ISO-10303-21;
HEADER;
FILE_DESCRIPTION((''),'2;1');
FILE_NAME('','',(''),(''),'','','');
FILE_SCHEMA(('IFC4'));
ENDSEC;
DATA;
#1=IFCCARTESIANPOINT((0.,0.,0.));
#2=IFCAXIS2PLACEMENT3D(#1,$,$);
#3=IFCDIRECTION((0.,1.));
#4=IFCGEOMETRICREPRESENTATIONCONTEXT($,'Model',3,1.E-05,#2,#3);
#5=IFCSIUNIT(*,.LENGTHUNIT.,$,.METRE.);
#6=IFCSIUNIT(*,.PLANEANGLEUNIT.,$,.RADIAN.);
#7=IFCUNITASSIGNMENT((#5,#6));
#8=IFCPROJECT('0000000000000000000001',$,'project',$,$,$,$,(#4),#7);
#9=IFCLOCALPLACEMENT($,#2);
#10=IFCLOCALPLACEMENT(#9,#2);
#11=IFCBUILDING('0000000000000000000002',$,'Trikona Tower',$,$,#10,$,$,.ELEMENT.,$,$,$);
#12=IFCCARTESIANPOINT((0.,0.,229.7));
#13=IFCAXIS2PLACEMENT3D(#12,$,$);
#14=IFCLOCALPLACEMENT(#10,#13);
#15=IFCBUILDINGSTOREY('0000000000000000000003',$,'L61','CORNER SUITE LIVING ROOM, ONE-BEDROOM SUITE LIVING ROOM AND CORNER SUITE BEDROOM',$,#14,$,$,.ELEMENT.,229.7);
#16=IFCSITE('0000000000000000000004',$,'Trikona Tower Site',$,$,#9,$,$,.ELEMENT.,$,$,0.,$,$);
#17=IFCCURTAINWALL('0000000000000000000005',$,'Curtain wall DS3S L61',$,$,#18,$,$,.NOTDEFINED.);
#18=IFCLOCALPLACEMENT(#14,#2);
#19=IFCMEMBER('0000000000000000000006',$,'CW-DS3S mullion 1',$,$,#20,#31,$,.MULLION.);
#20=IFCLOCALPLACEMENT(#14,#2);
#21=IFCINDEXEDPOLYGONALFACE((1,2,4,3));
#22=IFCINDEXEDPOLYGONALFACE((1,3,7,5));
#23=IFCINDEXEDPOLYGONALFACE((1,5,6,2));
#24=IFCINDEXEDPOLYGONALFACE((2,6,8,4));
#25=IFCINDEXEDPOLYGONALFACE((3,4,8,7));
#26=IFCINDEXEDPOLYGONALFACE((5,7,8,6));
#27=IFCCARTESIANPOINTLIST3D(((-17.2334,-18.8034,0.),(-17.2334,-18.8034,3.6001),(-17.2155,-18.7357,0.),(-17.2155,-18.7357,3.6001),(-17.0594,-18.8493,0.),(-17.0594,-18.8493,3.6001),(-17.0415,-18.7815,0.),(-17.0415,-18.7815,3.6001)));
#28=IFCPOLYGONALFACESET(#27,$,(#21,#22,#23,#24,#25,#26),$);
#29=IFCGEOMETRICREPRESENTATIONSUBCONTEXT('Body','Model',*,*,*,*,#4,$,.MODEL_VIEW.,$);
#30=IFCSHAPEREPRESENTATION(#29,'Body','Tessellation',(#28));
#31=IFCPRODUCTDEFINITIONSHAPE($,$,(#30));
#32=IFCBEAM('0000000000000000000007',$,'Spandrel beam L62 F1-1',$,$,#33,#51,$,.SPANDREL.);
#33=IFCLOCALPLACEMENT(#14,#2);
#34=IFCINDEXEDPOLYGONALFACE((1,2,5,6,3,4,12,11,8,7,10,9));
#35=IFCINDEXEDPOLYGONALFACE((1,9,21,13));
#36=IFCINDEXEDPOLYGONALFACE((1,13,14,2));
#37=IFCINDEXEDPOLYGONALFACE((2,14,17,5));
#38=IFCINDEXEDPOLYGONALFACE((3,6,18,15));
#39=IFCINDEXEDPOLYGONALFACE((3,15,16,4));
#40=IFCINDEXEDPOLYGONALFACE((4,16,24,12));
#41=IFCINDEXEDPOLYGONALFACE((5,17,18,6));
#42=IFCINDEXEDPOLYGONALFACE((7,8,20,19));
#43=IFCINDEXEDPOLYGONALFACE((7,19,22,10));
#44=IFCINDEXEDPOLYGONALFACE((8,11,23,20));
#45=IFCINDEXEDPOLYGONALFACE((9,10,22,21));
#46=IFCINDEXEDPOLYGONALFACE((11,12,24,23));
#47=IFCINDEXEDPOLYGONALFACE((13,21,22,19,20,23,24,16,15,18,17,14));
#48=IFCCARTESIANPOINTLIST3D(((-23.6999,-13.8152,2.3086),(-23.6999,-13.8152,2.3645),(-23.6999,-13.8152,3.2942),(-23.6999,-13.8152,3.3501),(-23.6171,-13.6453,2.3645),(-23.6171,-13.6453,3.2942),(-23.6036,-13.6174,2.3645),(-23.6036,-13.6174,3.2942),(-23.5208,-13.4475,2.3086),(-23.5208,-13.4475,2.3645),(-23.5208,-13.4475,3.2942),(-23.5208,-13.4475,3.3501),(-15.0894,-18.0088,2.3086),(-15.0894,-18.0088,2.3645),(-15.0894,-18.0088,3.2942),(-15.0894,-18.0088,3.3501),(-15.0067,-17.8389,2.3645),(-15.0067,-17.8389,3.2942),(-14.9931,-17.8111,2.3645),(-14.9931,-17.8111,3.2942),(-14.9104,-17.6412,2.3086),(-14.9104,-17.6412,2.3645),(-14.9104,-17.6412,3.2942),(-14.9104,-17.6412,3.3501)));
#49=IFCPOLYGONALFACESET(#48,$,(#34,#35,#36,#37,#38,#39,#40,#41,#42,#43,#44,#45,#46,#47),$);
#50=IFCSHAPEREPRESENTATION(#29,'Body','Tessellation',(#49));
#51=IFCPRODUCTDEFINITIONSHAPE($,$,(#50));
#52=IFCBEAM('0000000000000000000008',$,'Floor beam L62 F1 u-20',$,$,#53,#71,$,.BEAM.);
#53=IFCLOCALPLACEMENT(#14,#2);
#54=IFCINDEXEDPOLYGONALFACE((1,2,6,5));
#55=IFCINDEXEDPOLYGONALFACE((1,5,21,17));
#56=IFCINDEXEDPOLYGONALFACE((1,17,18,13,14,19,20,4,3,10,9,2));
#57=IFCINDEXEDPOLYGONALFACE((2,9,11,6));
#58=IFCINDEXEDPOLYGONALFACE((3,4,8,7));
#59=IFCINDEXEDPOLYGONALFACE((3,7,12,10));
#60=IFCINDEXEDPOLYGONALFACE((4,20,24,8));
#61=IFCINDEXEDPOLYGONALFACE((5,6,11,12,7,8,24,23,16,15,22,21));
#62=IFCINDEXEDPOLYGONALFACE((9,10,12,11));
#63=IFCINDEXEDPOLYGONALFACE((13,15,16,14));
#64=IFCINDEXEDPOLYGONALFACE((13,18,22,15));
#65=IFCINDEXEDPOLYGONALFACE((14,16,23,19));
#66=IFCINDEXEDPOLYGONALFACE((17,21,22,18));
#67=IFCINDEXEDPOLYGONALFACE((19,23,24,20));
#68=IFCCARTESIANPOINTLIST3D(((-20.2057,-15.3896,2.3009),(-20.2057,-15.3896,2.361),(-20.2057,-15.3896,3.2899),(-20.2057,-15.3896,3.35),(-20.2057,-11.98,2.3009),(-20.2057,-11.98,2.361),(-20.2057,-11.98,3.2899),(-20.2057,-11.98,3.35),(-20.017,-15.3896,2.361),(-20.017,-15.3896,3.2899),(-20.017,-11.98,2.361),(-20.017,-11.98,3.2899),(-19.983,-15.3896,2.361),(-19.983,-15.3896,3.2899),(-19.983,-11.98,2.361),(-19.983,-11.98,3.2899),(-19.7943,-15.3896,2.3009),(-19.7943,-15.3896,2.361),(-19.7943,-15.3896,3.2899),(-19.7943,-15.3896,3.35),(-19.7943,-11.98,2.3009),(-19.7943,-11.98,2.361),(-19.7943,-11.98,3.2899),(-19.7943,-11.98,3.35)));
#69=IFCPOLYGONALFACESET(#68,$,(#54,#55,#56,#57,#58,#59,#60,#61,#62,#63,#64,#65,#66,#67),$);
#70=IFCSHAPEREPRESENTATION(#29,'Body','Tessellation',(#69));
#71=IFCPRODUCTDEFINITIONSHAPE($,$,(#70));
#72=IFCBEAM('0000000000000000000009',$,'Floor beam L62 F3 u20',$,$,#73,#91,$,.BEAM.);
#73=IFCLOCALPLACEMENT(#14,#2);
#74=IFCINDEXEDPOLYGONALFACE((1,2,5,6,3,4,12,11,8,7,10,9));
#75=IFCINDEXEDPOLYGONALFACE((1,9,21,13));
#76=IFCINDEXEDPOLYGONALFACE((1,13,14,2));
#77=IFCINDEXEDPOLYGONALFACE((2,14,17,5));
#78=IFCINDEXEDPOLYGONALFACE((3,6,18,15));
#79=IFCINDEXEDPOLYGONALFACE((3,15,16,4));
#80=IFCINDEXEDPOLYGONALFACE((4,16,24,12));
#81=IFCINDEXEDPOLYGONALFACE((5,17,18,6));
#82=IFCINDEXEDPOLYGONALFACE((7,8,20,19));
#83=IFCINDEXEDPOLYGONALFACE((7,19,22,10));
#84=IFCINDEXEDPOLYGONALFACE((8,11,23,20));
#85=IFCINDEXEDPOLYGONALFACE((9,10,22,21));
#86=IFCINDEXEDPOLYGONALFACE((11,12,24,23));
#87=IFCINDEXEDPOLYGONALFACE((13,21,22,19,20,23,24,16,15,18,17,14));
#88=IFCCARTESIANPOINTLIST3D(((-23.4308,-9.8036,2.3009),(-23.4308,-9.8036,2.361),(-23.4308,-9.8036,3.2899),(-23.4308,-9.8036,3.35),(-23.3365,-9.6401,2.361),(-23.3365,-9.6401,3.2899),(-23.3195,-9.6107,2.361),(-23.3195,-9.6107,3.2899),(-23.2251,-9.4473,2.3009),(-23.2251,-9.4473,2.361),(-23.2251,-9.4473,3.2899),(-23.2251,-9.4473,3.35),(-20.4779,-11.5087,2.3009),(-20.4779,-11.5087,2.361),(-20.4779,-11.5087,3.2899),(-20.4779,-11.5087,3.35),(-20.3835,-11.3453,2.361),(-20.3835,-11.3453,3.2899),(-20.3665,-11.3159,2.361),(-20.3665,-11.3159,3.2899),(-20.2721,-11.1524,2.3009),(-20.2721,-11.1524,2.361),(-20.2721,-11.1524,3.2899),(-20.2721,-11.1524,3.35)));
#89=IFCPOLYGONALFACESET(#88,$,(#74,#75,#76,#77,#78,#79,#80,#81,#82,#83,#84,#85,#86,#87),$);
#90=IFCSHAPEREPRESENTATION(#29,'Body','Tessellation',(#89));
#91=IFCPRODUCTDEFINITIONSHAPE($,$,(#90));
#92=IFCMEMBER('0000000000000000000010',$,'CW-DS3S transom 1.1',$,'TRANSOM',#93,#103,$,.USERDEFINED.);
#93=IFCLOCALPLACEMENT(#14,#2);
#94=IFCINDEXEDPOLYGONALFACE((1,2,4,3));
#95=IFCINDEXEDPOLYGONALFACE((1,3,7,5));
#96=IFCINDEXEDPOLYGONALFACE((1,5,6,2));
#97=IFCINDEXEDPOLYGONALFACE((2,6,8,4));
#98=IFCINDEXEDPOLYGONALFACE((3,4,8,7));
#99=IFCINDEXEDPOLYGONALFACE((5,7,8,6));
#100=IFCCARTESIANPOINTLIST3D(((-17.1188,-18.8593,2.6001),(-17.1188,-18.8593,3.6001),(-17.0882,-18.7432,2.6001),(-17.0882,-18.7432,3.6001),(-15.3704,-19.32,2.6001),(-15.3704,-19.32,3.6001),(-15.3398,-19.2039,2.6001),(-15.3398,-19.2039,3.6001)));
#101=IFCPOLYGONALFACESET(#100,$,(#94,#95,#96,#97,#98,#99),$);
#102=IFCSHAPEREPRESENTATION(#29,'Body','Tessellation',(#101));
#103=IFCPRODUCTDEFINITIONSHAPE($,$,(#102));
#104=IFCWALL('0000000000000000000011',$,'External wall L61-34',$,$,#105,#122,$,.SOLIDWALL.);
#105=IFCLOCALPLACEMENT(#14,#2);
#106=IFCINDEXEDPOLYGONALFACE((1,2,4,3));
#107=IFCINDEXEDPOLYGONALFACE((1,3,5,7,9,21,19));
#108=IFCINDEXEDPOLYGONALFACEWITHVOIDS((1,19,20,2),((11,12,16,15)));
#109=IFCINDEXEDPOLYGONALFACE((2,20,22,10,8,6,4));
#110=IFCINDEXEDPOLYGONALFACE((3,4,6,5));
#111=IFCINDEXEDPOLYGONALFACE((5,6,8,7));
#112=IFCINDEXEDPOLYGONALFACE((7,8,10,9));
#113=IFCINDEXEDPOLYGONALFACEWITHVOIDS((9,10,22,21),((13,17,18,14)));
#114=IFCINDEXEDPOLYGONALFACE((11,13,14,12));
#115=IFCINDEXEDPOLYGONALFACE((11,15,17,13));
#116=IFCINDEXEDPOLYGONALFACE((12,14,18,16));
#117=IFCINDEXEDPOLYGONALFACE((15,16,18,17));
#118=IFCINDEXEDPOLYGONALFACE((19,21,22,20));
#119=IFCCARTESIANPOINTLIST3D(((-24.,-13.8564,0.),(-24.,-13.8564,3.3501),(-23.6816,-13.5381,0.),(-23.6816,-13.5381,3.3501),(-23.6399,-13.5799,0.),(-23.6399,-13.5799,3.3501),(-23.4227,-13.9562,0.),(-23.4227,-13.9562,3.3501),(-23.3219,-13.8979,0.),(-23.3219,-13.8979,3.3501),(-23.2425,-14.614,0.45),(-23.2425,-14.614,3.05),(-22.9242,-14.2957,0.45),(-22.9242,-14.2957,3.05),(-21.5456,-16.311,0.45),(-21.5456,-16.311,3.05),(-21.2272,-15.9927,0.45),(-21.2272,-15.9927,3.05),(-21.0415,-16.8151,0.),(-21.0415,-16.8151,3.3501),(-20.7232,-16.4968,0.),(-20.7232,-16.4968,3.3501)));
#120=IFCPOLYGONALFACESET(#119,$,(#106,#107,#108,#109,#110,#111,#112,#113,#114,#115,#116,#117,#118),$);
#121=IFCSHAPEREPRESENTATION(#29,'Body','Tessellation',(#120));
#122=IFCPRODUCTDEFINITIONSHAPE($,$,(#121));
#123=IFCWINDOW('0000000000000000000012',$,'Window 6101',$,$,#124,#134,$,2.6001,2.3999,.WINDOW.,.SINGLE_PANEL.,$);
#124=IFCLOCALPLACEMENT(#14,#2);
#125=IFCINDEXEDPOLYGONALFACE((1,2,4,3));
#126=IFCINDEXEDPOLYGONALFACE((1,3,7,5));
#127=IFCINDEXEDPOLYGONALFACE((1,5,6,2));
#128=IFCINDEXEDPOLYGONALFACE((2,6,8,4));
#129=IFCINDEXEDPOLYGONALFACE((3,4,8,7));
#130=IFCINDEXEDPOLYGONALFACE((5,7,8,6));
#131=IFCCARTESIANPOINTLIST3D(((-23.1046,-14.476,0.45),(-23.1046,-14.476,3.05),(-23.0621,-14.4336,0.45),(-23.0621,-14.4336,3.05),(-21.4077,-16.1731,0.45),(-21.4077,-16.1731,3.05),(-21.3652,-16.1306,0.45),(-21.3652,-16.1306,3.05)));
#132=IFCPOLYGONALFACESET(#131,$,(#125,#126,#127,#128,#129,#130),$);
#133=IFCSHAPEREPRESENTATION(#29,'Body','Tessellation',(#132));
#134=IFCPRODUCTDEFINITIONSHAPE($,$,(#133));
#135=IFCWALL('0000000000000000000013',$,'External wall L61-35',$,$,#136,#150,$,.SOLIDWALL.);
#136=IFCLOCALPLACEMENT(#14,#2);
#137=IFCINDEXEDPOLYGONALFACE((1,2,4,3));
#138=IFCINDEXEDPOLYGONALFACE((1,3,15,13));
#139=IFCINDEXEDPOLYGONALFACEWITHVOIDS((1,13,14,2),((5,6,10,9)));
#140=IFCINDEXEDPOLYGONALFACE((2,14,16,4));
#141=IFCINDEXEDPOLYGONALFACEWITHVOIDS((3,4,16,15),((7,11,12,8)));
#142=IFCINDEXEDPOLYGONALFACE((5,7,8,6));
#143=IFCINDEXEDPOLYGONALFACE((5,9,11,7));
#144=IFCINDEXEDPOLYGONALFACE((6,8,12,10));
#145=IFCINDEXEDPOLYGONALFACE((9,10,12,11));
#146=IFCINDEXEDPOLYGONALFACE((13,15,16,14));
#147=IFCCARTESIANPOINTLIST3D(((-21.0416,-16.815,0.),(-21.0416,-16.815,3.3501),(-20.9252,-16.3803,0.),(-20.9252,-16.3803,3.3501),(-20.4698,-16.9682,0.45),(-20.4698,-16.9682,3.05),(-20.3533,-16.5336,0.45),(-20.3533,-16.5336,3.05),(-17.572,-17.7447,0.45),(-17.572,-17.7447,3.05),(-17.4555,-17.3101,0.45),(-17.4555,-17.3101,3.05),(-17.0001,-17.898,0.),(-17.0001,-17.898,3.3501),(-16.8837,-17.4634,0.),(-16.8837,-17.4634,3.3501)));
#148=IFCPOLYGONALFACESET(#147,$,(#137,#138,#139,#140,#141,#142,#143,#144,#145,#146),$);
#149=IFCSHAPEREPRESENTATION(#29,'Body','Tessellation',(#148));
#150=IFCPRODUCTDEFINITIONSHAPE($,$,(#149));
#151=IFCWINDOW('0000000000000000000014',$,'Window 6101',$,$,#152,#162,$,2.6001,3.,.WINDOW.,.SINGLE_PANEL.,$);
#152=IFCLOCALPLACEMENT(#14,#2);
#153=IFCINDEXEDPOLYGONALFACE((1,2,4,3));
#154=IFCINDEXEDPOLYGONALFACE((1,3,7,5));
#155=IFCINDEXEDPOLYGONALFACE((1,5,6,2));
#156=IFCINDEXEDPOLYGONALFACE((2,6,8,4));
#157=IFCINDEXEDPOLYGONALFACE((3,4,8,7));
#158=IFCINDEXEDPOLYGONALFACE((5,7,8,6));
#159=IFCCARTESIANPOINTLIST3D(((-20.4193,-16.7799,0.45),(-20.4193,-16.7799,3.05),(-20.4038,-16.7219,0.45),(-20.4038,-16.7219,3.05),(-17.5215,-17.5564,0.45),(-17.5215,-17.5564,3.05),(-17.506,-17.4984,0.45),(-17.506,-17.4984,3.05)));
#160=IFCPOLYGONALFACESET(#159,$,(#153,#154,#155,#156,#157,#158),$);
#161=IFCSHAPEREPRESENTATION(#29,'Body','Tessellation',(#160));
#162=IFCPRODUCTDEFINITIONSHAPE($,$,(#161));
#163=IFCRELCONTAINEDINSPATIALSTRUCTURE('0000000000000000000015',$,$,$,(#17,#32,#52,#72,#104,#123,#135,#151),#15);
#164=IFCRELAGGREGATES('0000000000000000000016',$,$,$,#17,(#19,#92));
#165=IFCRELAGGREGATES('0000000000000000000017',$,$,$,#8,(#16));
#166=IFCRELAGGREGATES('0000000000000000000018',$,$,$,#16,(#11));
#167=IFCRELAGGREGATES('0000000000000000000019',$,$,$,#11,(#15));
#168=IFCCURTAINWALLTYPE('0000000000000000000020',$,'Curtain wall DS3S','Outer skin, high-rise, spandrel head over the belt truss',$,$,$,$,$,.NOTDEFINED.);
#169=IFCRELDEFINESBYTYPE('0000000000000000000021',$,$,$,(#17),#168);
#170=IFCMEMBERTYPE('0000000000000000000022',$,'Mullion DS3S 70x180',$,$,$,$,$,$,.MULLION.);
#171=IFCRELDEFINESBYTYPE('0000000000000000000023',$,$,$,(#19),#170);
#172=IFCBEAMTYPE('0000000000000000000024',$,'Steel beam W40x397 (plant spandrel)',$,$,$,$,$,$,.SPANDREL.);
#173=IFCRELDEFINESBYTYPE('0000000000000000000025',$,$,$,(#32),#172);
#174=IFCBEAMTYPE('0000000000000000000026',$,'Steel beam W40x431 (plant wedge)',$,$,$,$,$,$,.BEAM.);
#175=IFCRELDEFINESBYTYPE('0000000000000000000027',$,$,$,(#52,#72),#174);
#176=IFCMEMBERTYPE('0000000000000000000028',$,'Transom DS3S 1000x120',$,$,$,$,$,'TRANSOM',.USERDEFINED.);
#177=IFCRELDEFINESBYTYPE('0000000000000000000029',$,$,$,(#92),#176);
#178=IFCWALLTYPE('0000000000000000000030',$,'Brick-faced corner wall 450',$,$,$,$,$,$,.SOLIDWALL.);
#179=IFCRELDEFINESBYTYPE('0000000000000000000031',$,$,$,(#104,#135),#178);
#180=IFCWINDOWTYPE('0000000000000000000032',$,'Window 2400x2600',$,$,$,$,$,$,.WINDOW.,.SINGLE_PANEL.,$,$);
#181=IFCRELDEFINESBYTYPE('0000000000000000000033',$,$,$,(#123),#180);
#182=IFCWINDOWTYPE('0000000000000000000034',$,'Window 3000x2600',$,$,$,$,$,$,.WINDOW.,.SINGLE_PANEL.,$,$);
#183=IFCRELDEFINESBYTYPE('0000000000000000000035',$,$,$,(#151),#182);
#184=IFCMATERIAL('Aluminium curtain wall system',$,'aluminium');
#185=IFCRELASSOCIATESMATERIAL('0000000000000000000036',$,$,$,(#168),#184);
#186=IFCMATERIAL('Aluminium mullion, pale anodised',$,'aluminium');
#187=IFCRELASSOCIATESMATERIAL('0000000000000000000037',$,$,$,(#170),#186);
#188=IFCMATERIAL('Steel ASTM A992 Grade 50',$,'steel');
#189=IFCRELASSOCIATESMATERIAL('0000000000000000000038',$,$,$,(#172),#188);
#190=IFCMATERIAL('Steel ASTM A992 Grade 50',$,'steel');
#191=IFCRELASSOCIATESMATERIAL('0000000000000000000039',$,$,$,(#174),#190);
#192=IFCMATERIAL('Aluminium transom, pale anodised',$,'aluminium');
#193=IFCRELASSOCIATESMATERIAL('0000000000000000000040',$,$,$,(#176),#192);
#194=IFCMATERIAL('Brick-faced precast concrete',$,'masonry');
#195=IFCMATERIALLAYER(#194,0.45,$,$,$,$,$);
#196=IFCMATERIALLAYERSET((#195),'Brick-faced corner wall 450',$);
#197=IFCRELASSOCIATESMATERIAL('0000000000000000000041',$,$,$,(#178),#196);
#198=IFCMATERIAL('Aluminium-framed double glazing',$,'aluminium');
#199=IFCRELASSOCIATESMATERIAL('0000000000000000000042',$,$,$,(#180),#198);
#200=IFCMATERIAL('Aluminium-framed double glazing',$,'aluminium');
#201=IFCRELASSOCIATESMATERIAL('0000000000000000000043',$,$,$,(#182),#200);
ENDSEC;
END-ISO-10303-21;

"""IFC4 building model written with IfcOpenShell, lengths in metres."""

from ifc_helpers import new_model, si_unit, direction, frame, frame_2d, origin, origin_2d, place, context, subcontext, project, spatial, polyline, rectangle, i_section, outline, extrude, material, layer, layer_set, material_profile, profile_set, type_object, element, fill, aggregate, save


model = new_model("IFC4")

# Units and contexts
model_context = context("Model", 3, precision=1e-05, world=origin(), true_north=direction((0.0, 1.0)))
body_context = subcontext(model_context, "Body", "Model", "MODEL_VIEW")
ifc_project = project(units=[si_unit("LENGTHUNIT", "METRE"), si_unit("PLANEANGLEUNIT", "RADIAN")], contexts=[model_context])

# Site, building, storey
site_placement = place(None, origin())
site = spatial("IfcSite", under=ifc_project, at=site_placement, Name="Trikona Tower Site", CompositionType="ELEMENT", RefElevation=0.0)
building_placement = place(site_placement, origin())
building = spatial("IfcBuilding", under=site, at=building_placement, Name="Trikona Tower", CompositionType="ELEMENT")
storey_placement = place(building_placement, frame((0.0, 0.0, 229.7)))
storey = spatial("IfcBuildingStorey", under=building, at=storey_placement, Name="L61", Description="CORNER SUITE LIVING ROOM, ONE-BEDROOM SUITE LIVING ROOM AND CORNER SUITE BEDROOM", CompositionType="ELEMENT", Elevation=229.7)

# Curtain wall, member
ifc_material_1 = material(Name="Aluminium curtain wall system", Category="aluminium")
curtain_wall_type = type_object("IfcCurtainWallType", Name="Curtain wall DS3S", Description="Outer skin, high-rise, spandrel head over the belt truss", PredefinedType="NOTDEFINED", material=ifc_material_1)
curtain_wall_placement = place(storey_placement, origin())
curtain_wall = element("IfcCurtainWall", 1, at=curtain_wall_placement, inside=storey, type_object=curtain_wall_type, Name="Curtain wall DS3S L61", PredefinedType="NOTDEFINED")
ifc_material_2 = material(Name="Aluminium mullion, pale anodised", Category="aluminium")
ifc_material_profile_1 = material_profile(ifc_material_2, rectangle(XDim=0.0701, YDim=0.1799, at=origin_2d()), Name="MUL-DS3S")
ifc_profile_set_1 = profile_set([ifc_material_profile_1], Name="Aluminium mullion, pale anodised")
member_type_1 = type_object("IfcMemberType", Name="Mullion DS3S 70x180", PredefinedType="MULLION", material=ifc_profile_set_1)
member_1_placement = place(storey_placement, frame((-17.1375, -18.7925, 0.0), z_axis=(0.0, 0.0, 1.0), x_axis=(0.254786, 0.966997, 0.0)))
member_1 = element("IfcMember", 2, at=member_1_placement, type_object=member_type_1, Name="CW-DS3S mullion 1", PredefinedType="MULLION", context=body_context, shape_type="SweptSolid", body=[
    extrude(rectangle(XDim=0.0701, YDim=0.1799, at=origin_2d()), origin(), (0.0, 0.0, 1.0), 3.6001),
])

# Beams
ifc_material_3 = material(Name="Steel ASTM A992 Grade 50", Category="steel")
ifc_material_profile_2 = material_profile(ifc_material_3, i_section(OverallWidth=0.4089, OverallDepth=1.0415, WebThickness=0.031, FlangeThickness=0.0559, at=origin_2d()), Name="W40X397")
ifc_profile_set_2 = profile_set([ifc_material_profile_2], Name="Steel ASTM A992 Grade 50")
beam_type_1 = type_object("IfcBeamType", Name="Steel beam W40x397 (plant spandrel)", PredefinedType="SPANDREL", material=ifc_profile_set_2)
beam_1_placement = place(storey_placement, frame((-23.6104, -13.6313, 2.8293), z_axis=(0.899039, -0.43787, 0.0), x_axis=(0.43787, 0.899039, 0.0)))
element("IfcBeam", 3, at=beam_1_placement, inside=storey, type_object=beam_type_1, Name="Spandrel beam L62 F1-1", PredefinedType="SPANDREL", context=body_context, shape_type="SweptSolid", body=[
    extrude(i_section(OverallWidth=0.4089, OverallDepth=1.0415, WebThickness=0.031, FlangeThickness=0.0559, at=origin_2d()), origin(), (0.0, 0.0, 1.0), 9.5774),
])
ifc_material_4 = material(Name="Steel ASTM A992 Grade 50", Category="steel")
ifc_material_profile_3 = material_profile(ifc_material_4, i_section(OverallWidth=0.4114, OverallDepth=1.0491, WebThickness=0.0339, FlangeThickness=0.0601, at=origin_2d()), Name="W40X431")
ifc_profile_set_3 = profile_set([ifc_material_profile_3], Name="Steel ASTM A992 Grade 50")
beam_type_2 = type_object("IfcBeamType", Name="Steel beam W40x431 (plant wedge)", PredefinedType="BEAM", material=ifc_profile_set_3)
beam_2_placement = place(storey_placement, frame((-20.0, -11.98, 2.8254), z_axis=(0.0, -1.0, 0.0), x_axis=(1.0, 0.0, 0.0)))
element("IfcBeam", 4, at=beam_2_placement, inside=storey, type_object=beam_type_2, Name="Floor beam L62 F1 u-20", PredefinedType="BEAM", context=body_context, shape_type="SweptSolid", body=[
    extrude(i_section(OverallWidth=0.4114, OverallDepth=1.0491, WebThickness=0.0339, FlangeThickness=0.0601, at=origin_2d()), origin(), (0.0, 0.0, 1.0), 3.4097),
])
beam_3_placement = place(storey_placement, frame((-20.375, -11.3306, 2.8254), z_axis=(-0.865996, 0.500051, 0.0), x_axis=(-0.500051, -0.865996, 0.0)))
element("IfcBeam", 5, at=beam_3_placement, inside=storey, type_object=beam_type_2, Name="Floor beam L62 F3 u20", PredefinedType="BEAM", context=body_context, shape_type="SweptSolid", body=[
    extrude(i_section(OverallWidth=0.4114, OverallDepth=1.0491, WebThickness=0.0339, FlangeThickness=0.0601, at=origin_2d()), origin(), (0.0, 0.0, 1.0), 3.4099),
])

# Member
ifc_material_5 = material(Name="Aluminium transom, pale anodised", Category="aluminium")
ifc_material_profile_4 = material_profile(ifc_material_5, rectangle(XDim=0.1201, YDim=1.0, at=origin_2d()), Name="TRN-DS3S")
ifc_profile_set_4 = profile_set([ifc_material_profile_4], Name="Aluminium transom, pale anodised")
member_type_2 = type_object("IfcMemberType", Name="Transom DS3S 1000x120", ElementType="TRANSOM", PredefinedType="USERDEFINED", material=ifc_profile_set_4)
member_2_placement = place(storey_placement, frame((-17.1035, -18.8013, 3.1001), z_axis=(0.966999, -0.254779, 0.0), x_axis=(0.254779, 0.966999, 0.0)))
member_2 = element("IfcMember", 6, at=member_2_placement, type_object=member_type_2, Name="CW-DS3S transom 1.1", ObjectType="TRANSOM", PredefinedType="USERDEFINED", context=body_context, shape_type="SweptSolid", body=[
    extrude(rectangle(XDim=0.1201, YDim=1.0, at=origin_2d()), origin(), (0.0, 0.0, 1.0), 1.8081),
])
aggregate(curtain_wall, [member_1, member_2])

# Walls, openings, windows
ifc_material_6 = material(Name="Brick-faced precast concrete", Category="masonry")
ifc_layer_1 = layer(ifc_material_6, 0.45)
ifc_layer_set_1 = layer_set([ifc_layer_1], Name="Brick-faced corner wall 450")
wall_type_1 = type_object("IfcWallType", Name="Brick-faced corner wall 450", PredefinedType="SOLIDWALL", material=ifc_layer_set_1)
wall_1_placement = place(storey_placement, frame((-23.8408, -13.6973, 0.0), z_axis=(0.0, 0.0, 1.0), x_axis=(0.707078, -0.707136, 0.0)))
wall_1 = element("IfcWall", 7, at=wall_1_placement, inside=storey, type_object=wall_type_1, Name="External wall L61-34", PredefinedType="SOLIDWALL", context=body_context, shape_type="SweptSolid", body=[
    extrude(outline(polyline([(4.1841, 0.2251), (0.5088, 0.2251), (0.4788, 0.1125), (0.0591, 0.2251), (0.0, 0.2251), (0.0, -0.2251), (4.1841, -0.2251), (4.1841, 0.2251)])), origin(), (0.0, 0.0, 1.0), 3.3501),
])
opening_1_placement = place(wall_1_placement, frame((1.0713, 0.0, 0.45)))
opening_1 = element("IfcOpeningElement", 8, at=opening_1_placement, cuts=wall_1, PredefinedType="OPENING", context=body_context, shape_type="SweptSolid", body=[
    extrude(rectangle(XDim=2.3999, YDim=2.6001, at=frame_2d((1.2, 1.3))), frame((0.0, 0.2349, 0.0), z_axis=(0.0, -1.0, 0.0), x_axis=(1.0, 0.0, 0.0)), (0.0, 0.0, 1.0), 0.47),
])
ifc_material_7 = material(Name="Aluminium-framed double glazing", Category="aluminium")
window_type_1 = type_object("IfcWindowType", Name="Window 2400x2600", PartitioningType="SINGLE_PANEL", PredefinedType="WINDOW", material=ifc_material_7)
window_1_placement = place(opening_1_placement, origin())
window_1 = element("IfcWindow", 9, at=window_1_placement, inside=storey, type_object=window_type_1, Name="Window 6101", OverallHeight=2.6001, OverallWidth=2.3999, PartitioningType="SINGLE_PANEL", PredefinedType="WINDOW", context=body_context, shape_type="SweptSolid", body=[
    extrude(rectangle(XDim=2.3999, YDim=2.6001, at=frame_2d((1.2, 1.3))), frame((0.0, 0.03, 0.0), z_axis=(0.0, -1.0, 0.0), x_axis=(1.0, 0.0, 0.0)), (0.0, 0.0, 1.0), 0.0601),
])
fill(opening_1, window_1)
wall_2_placement = place(storey_placement, frame((-20.9834, -16.5977, 0.0), z_axis=(0.0, 0.0, 1.0), x_axis=(0.96592, -0.258839, 0.0)))
wall_2 = element("IfcWall", 10, at=wall_2_placement, inside=storey, type_object=wall_type_1, Name="External wall L61-35", PredefinedType="SOLIDWALL", context=body_context, shape_type="SweptSolid", body=[
    extrude(rectangle(XDim=4.1841, YDim=0.45, at=frame_2d((2.092, 0.0))), origin(), (0.0, 0.0, 1.0), 3.3501),
])
opening_2_placement = place(wall_2_placement, frame((0.592, 0.0, 0.45)))
opening_2 = element("IfcOpeningElement", 11, at=opening_2_placement, cuts=wall_2, PredefinedType="OPENING", context=body_context, shape_type="SweptSolid", body=[
    extrude(rectangle(XDim=3.0, YDim=2.6001, at=frame_2d((1.5, 1.3))), frame((0.0, 0.2349, 0.0), z_axis=(0.0, -1.0, 0.0), x_axis=(1.0, 0.0, 0.0)), (0.0, 0.0, 1.0), 0.47),
])
ifc_material_8 = material(Name="Aluminium-framed double glazing", Category="aluminium")
window_type_2 = type_object("IfcWindowType", Name="Window 3000x2600", PartitioningType="SINGLE_PANEL", PredefinedType="WINDOW", material=ifc_material_8)
window_2_placement = place(opening_2_placement, origin())
window_2 = element("IfcWindow", 12, at=window_2_placement, inside=storey, type_object=window_type_2, Name="Window 6101", OverallHeight=2.6001, OverallWidth=3.0, PartitioningType="SINGLE_PANEL", PredefinedType="WINDOW", context=body_context, shape_type="SweptSolid", body=[
    extrude(rectangle(XDim=3.0, YDim=2.6001, at=frame_2d((1.5, 1.3))), frame((0.0, 0.03, 0.0), z_axis=(0.0, -1.0, 0.0), x_axis=(1.0, 0.0, 0.0)), (0.0, 0.0, 1.0), 0.0601),
])
fill(opening_2, window_2)

save(model, "model.ifc")
